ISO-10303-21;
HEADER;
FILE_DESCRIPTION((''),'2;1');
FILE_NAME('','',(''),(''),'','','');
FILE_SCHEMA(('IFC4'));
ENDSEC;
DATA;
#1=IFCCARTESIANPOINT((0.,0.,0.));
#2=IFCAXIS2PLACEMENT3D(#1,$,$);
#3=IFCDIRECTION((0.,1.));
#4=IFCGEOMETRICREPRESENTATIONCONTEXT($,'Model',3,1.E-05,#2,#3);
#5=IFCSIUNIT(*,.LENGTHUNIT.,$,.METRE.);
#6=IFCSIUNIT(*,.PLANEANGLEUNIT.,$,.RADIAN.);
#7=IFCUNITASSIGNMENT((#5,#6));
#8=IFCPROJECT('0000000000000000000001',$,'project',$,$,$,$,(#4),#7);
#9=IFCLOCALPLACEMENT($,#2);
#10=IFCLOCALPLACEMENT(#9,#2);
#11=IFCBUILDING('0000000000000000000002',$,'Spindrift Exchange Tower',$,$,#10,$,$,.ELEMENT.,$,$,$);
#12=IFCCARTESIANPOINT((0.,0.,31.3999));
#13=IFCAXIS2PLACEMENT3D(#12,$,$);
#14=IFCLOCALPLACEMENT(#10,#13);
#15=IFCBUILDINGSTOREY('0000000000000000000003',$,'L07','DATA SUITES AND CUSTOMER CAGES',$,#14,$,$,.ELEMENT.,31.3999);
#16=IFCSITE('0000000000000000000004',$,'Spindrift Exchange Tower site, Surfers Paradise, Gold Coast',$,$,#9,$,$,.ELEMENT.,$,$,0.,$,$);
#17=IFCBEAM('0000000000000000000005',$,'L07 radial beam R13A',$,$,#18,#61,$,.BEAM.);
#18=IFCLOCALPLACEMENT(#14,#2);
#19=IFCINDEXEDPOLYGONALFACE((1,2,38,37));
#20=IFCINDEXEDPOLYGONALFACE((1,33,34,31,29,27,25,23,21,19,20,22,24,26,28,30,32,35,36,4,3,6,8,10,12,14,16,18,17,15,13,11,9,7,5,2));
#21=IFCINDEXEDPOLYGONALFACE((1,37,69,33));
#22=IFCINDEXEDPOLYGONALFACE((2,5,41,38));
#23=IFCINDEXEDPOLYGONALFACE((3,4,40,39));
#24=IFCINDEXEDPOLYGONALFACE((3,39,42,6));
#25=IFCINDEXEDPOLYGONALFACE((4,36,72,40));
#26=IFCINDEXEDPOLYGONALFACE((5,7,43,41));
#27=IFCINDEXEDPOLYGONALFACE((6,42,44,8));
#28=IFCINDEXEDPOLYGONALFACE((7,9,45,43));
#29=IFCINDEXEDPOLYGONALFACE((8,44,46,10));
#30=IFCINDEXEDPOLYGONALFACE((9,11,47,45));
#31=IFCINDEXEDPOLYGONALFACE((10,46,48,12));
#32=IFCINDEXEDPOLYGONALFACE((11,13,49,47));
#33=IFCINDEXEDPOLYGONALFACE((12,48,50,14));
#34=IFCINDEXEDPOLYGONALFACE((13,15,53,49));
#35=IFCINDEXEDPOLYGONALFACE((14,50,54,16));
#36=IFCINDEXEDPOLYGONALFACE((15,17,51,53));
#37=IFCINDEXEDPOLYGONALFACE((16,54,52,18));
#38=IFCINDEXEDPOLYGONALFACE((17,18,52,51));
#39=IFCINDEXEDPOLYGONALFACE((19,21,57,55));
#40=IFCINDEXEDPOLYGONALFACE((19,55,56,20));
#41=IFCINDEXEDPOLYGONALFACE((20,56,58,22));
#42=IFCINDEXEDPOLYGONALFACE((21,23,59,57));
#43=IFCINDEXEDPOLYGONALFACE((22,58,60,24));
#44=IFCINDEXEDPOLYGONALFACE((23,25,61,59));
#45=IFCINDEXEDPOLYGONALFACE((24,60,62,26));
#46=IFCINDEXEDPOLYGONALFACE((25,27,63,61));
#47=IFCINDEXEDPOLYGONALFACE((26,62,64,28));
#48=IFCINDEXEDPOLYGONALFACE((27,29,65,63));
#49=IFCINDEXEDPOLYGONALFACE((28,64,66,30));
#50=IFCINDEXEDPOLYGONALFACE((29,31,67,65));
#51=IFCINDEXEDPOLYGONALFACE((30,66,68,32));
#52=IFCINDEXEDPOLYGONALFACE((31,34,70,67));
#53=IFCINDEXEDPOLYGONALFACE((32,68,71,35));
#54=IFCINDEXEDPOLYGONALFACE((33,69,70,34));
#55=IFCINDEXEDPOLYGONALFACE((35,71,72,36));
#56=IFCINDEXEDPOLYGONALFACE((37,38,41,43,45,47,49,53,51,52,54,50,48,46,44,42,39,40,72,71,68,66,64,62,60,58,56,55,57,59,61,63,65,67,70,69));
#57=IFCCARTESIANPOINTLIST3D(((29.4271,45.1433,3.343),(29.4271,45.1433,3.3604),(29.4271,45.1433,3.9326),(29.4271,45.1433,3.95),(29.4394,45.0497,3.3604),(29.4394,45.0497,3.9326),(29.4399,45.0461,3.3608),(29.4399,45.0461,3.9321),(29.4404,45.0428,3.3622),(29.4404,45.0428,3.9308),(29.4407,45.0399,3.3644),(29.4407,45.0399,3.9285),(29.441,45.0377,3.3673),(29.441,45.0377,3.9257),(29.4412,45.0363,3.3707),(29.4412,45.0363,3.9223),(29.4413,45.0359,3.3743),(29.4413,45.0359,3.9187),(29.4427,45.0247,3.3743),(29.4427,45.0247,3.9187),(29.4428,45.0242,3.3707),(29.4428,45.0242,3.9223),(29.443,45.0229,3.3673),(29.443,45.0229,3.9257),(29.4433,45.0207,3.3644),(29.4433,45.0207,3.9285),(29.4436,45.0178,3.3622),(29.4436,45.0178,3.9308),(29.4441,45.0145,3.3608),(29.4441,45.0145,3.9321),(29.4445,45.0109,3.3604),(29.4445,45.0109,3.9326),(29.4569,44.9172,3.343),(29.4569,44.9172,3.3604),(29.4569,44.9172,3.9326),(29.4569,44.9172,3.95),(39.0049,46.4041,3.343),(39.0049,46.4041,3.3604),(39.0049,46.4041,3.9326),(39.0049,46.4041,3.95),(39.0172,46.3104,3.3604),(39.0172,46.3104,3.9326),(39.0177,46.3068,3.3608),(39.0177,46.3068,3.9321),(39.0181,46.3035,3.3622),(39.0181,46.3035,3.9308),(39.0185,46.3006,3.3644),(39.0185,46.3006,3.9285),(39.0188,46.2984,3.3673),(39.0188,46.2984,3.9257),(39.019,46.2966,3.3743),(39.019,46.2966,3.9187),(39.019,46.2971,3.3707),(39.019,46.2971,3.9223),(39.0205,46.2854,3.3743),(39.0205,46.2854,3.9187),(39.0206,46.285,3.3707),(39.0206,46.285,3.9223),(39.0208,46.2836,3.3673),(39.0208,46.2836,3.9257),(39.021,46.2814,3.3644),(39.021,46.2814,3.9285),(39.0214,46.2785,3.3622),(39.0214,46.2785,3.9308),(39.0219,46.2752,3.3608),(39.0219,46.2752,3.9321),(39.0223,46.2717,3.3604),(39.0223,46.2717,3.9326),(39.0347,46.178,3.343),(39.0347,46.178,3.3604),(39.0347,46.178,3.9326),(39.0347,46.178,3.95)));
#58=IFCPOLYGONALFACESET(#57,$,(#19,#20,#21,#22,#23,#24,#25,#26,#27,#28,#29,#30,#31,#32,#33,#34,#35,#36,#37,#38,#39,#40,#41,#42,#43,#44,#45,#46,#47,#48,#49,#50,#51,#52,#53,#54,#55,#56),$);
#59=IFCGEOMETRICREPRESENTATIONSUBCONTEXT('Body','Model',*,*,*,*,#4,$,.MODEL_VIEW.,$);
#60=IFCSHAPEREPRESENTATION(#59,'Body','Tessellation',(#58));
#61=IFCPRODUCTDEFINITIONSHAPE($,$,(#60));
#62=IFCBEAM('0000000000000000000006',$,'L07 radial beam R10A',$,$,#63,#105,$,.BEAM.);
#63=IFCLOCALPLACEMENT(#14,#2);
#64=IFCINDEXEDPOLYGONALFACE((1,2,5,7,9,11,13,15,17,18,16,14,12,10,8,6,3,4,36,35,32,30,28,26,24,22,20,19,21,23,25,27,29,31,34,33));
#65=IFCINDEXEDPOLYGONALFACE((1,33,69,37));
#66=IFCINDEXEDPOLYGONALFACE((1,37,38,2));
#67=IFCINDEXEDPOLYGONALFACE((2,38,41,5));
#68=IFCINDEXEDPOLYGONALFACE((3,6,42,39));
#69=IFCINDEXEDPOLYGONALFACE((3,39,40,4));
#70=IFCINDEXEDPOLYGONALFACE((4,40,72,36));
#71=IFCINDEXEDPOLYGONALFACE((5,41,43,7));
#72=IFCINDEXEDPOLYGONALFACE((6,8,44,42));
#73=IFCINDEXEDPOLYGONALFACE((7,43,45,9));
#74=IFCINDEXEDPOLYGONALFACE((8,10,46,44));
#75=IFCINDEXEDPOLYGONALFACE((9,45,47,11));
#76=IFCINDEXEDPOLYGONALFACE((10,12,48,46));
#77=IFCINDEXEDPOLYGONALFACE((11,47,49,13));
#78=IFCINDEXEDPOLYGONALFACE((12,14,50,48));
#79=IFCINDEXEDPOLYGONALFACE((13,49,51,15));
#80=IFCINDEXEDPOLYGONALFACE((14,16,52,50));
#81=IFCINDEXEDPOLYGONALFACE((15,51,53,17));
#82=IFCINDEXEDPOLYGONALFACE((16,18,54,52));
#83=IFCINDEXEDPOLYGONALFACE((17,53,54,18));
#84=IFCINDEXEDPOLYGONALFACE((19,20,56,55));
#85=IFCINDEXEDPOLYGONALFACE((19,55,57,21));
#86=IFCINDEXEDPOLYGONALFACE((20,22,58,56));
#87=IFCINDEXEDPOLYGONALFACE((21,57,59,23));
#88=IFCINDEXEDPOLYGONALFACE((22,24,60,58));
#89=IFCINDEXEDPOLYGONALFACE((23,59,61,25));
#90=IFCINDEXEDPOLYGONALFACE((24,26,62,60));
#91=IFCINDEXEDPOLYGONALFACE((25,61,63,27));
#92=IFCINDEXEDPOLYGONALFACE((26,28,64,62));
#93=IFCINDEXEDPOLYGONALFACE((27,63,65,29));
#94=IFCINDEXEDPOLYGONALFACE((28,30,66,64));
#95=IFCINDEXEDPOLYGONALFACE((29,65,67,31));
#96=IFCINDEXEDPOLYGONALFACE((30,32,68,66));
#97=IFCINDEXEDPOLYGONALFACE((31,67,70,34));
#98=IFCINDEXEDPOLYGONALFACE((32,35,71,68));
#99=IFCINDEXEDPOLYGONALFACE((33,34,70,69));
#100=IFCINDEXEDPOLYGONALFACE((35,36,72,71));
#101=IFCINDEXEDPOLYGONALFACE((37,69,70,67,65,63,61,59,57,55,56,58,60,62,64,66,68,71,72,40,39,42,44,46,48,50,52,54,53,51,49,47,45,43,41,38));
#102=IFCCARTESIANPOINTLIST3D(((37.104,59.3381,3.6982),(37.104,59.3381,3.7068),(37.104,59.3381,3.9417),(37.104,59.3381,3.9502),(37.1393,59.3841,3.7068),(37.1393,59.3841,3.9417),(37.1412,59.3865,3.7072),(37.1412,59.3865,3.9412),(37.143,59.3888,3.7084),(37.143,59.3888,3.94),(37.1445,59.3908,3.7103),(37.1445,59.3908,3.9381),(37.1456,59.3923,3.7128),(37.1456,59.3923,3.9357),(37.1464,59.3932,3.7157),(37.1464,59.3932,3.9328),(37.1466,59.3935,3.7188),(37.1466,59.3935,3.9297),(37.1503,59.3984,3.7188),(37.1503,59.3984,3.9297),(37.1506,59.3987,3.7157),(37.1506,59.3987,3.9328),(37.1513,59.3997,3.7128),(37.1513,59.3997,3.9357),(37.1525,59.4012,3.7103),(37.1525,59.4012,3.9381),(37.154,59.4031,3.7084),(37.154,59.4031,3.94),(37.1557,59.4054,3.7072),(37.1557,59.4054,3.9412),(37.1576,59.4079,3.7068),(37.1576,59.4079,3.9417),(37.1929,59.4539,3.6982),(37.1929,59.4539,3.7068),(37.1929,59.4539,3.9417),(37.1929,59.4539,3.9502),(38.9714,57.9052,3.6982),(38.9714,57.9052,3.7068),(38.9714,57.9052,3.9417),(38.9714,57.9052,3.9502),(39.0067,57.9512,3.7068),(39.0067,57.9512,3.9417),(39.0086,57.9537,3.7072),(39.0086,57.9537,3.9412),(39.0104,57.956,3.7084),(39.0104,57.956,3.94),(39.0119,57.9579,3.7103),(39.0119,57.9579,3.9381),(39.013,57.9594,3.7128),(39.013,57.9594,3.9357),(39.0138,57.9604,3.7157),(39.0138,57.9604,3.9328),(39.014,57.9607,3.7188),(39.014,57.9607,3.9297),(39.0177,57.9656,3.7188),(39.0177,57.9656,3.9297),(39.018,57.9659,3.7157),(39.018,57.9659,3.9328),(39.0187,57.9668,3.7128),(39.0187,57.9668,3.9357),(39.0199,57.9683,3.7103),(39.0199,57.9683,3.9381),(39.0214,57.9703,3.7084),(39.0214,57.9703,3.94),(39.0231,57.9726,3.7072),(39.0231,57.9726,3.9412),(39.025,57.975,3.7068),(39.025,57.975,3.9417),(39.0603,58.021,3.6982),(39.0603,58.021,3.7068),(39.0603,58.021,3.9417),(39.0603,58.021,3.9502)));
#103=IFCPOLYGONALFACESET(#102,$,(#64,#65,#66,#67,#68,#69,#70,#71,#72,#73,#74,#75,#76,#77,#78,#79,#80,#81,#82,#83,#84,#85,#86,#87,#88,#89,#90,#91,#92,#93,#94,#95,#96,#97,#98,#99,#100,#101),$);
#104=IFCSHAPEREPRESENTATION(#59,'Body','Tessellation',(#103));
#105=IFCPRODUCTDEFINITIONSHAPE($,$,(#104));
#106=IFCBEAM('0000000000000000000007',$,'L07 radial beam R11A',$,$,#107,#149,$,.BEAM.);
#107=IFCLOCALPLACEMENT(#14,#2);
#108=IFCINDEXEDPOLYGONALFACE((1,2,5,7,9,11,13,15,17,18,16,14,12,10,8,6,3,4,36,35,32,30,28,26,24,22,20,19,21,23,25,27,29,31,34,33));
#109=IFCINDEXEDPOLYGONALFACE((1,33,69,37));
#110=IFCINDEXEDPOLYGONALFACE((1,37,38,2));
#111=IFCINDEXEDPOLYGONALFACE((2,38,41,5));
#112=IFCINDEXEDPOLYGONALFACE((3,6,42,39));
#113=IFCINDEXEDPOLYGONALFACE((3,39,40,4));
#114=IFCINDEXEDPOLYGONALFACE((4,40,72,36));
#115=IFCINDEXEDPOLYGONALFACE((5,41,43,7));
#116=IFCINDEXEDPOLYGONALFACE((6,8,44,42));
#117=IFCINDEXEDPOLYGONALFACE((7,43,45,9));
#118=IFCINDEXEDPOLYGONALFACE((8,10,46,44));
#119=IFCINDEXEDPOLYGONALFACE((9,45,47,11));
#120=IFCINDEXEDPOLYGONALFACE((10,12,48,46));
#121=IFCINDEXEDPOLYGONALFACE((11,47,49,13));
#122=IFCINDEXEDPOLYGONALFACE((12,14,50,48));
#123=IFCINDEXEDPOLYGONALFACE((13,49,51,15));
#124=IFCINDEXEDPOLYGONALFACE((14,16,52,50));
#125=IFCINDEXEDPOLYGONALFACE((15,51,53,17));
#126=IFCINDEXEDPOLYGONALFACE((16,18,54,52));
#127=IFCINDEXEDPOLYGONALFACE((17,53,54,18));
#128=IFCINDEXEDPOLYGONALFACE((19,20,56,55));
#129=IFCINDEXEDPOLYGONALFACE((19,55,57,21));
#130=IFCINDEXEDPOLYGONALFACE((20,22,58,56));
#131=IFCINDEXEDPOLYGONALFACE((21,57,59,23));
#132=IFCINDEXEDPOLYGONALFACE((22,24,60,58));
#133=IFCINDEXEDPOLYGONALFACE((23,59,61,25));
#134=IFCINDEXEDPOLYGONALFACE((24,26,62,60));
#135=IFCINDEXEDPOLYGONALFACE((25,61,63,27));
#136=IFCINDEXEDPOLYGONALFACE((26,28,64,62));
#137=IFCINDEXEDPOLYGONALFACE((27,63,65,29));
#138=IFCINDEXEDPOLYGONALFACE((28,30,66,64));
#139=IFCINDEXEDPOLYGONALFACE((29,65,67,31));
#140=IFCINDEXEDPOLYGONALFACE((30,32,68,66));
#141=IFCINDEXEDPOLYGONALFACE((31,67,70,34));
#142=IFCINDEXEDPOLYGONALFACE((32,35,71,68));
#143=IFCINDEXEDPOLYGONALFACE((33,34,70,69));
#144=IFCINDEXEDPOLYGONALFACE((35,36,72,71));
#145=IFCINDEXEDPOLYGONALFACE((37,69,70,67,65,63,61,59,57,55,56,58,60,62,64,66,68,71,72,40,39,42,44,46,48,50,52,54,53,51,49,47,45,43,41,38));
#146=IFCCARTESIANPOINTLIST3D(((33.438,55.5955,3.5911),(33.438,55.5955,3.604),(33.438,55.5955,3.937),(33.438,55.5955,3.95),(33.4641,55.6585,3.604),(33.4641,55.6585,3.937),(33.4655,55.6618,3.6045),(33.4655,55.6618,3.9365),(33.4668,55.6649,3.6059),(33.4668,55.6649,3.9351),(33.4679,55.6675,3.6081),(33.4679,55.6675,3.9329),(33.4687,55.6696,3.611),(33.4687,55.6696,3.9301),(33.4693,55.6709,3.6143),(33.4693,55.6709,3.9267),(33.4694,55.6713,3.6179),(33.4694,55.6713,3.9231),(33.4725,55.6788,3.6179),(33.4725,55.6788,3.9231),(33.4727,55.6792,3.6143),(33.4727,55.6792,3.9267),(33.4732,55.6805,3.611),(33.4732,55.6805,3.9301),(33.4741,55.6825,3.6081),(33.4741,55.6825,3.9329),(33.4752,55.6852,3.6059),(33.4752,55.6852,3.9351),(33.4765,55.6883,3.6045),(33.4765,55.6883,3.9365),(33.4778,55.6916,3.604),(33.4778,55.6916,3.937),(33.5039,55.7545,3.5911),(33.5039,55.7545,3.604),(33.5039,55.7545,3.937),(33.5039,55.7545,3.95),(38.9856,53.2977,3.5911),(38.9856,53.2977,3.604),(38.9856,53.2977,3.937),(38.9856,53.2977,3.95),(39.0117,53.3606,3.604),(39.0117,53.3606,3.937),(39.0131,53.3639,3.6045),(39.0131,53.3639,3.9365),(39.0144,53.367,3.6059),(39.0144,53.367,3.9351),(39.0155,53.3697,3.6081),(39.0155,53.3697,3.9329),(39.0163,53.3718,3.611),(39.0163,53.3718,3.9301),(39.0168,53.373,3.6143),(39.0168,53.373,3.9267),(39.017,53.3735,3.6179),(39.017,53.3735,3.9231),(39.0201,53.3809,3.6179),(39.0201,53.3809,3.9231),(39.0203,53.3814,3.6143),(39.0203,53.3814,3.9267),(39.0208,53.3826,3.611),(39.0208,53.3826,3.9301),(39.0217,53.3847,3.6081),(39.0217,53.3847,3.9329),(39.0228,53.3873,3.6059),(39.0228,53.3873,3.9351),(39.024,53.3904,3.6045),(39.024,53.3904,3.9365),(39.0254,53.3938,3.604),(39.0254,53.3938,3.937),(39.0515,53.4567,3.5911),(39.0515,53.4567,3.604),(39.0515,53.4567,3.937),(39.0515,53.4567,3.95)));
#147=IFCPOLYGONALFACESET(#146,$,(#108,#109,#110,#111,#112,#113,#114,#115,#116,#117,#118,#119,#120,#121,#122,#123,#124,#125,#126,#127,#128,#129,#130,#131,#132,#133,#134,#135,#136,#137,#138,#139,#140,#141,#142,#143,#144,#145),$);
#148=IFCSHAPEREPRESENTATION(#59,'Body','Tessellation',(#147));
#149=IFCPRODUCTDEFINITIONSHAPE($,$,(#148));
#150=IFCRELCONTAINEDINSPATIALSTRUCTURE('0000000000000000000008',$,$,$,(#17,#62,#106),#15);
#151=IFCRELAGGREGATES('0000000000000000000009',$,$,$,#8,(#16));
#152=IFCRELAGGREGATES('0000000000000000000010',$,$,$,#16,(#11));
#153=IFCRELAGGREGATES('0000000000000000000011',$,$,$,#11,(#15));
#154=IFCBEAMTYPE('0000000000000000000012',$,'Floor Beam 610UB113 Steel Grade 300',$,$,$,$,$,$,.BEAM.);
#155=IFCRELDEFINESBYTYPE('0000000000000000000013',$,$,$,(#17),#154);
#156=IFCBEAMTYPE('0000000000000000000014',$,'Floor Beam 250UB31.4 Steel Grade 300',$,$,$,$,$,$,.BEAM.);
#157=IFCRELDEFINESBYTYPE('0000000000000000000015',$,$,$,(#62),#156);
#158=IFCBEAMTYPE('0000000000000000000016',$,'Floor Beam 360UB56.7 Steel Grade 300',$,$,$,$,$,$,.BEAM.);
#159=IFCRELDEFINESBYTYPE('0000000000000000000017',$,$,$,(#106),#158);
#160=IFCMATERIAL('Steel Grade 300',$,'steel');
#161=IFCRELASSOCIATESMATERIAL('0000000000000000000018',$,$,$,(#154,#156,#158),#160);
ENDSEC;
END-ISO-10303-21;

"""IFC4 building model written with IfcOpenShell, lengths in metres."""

from ifc_helpers import new_model, si_unit, direction, frame, origin, origin_2d, place, context, subcontext, project, spatial, i_section, extrude, source, transform, mapped, material, material_profile, profile_set, type_object, element, save


model = new_model("IFC4")

# Units and contexts
model_context = context("Model", 3, precision=1e-05, world=origin(), true_north=direction((0.0, 1.0)))
body_context = subcontext(model_context, "Body", "Model", "MODEL_VIEW")
ifc_project = project(units=[si_unit("LENGTHUNIT", "METRE"), si_unit("PLANEANGLEUNIT", "RADIAN")], contexts=[model_context])

# Site, building, storey
site_placement = place(None, origin())
site = spatial("IfcSite", under=ifc_project, at=site_placement, Name="Spindrift Exchange Tower site, Surfers Paradise, Gold Coast", CompositionType="ELEMENT", RefElevation=0.0)
building_placement = place(site_placement, origin())
building = spatial("IfcBuilding", under=site, at=building_placement, Name="Spindrift Exchange Tower", CompositionType="ELEMENT")
storey_placement = place(building_placement, frame((0.0, 0.0, 31.3999)))
storey = spatial("IfcBuildingStorey", under=building, at=storey_placement, Name="L07", Description="DATA SUITES AND CUSTOMER CAGES", CompositionType="ELEMENT", Elevation=31.3999)

# Beams
ifc_material_1 = material(Name="Steel Grade 300", Category="steel")
ifc_material_profile_1 = material_profile(ifc_material_1, i_section(OverallWidth=0.228, OverallDepth=0.6069, WebThickness=0.0112, FlangeThickness=0.0173, FilletRadius=0.0139, at=origin_2d()), Name="610UB113")
ifc_profile_set_1 = profile_set([ifc_material_profile_1], Name="Steel Grade 300")
beam_type_1 = type_object("IfcBeamType", Name="Floor Beam 610UB113 Steel Grade 300", PredefinedType="BEAM", material=ifc_profile_set_1)
shared_shape_1 = source(origin(), body_context, "Body", "SweptSolid", [
    extrude(i_section(OverallWidth=0.228, OverallDepth=0.6069, WebThickness=0.0112, FlangeThickness=0.0173, FilletRadius=0.0139, at=origin_2d()), origin(), (0.0, 0.0, 1.0), 9.6604),
])
beam_1_placement = place(storey_placement, frame((39.0198, 46.291, 3.6465), z_axis=(-0.991448, -0.130505, 0.0), x_axis=(0.130505, -0.991448, 0.0)))
element("IfcBeam", 1, at=beam_1_placement, inside=storey, type_object=beam_type_1, Name="L07 radial beam R13A", PredefinedType="BEAM", context=body_context, shape_type="MappedRepresentation", body=[
    mapped(shared_shape_1, transform((0.0, 0.0, 0.0), scale=1.0)),
])
ifc_material_profile_2 = material_profile(ifc_material_1, i_section(OverallWidth=0.146, OverallDepth=0.252, WebThickness=0.0061, FlangeThickness=0.0085, FilletRadius=0.012, at=origin_2d()), Name="250UB31.4")
ifc_profile_set_2 = profile_set([ifc_material_profile_2], Name="Steel Grade 300")
beam_type_2 = type_object("IfcBeamType", Name="Floor Beam 250UB31.4 Steel Grade 300", PredefinedType="BEAM", material=ifc_profile_set_2)
shared_shape_2 = source(origin(), body_context, "Body", "SweptSolid", [
    extrude(i_section(OverallWidth=0.146, OverallDepth=0.252, WebThickness=0.0061, FlangeThickness=0.0085, FilletRadius=0.012, at=origin_2d()), origin(), (0.0, 0.0, 1.0), 2.3538),
])
beam_2_placement = place(storey_placement, frame((39.0159, 57.9631, 3.8242), z_axis=(-0.793368, 0.608743, 0.0), x_axis=(-0.608743, -0.793368, 0.0)))
element("IfcBeam", 2, at=beam_2_placement, inside=storey, type_object=beam_type_2, Name="L07 radial beam R10A", PredefinedType="BEAM", context=body_context, shape_type="MappedRepresentation", body=[
    mapped(shared_shape_2, transform((0.0, 0.0, 0.0), scale=1.0)),
])
ifc_material_profile_3 = material_profile(ifc_material_1, i_section(OverallWidth=0.1721, OverallDepth=0.3589, WebThickness=0.0081, FlangeThickness=0.0129, FilletRadius=0.0139, at=origin_2d()), Name="360UB56.7")
ifc_profile_set_3 = profile_set([ifc_material_profile_3], Name="Steel Grade 300")
beam_type_3 = type_object("IfcBeamType", Name="Floor Beam 360UB56.7 Steel Grade 300", PredefinedType="BEAM", material=ifc_profile_set_3)
shared_shape_3 = source(origin(), body_context, "Body", "SweptSolid", [
    extrude(i_section(OverallWidth=0.1721, OverallDepth=0.3589, WebThickness=0.0081, FlangeThickness=0.0129, FilletRadius=0.0139, at=origin_2d()), origin(), (0.0, 0.0, 1.0), 6.0046),
])
beam_3_placement = place(storey_placement, frame((39.0186, 53.3772, 3.7705), z_axis=(-0.923882, 0.382677, 0.0), x_axis=(-0.382677, -0.923882, 0.0)))
element("IfcBeam", 3, at=beam_3_placement, inside=storey, type_object=beam_type_3, Name="L07 radial beam R11A", PredefinedType="BEAM", context=body_context, shape_type="MappedRepresentation", body=[
    mapped(shared_shape_3, transform((0.0, 0.0, 0.0), scale=1.0)),
])

save(model, "model.ifc")
